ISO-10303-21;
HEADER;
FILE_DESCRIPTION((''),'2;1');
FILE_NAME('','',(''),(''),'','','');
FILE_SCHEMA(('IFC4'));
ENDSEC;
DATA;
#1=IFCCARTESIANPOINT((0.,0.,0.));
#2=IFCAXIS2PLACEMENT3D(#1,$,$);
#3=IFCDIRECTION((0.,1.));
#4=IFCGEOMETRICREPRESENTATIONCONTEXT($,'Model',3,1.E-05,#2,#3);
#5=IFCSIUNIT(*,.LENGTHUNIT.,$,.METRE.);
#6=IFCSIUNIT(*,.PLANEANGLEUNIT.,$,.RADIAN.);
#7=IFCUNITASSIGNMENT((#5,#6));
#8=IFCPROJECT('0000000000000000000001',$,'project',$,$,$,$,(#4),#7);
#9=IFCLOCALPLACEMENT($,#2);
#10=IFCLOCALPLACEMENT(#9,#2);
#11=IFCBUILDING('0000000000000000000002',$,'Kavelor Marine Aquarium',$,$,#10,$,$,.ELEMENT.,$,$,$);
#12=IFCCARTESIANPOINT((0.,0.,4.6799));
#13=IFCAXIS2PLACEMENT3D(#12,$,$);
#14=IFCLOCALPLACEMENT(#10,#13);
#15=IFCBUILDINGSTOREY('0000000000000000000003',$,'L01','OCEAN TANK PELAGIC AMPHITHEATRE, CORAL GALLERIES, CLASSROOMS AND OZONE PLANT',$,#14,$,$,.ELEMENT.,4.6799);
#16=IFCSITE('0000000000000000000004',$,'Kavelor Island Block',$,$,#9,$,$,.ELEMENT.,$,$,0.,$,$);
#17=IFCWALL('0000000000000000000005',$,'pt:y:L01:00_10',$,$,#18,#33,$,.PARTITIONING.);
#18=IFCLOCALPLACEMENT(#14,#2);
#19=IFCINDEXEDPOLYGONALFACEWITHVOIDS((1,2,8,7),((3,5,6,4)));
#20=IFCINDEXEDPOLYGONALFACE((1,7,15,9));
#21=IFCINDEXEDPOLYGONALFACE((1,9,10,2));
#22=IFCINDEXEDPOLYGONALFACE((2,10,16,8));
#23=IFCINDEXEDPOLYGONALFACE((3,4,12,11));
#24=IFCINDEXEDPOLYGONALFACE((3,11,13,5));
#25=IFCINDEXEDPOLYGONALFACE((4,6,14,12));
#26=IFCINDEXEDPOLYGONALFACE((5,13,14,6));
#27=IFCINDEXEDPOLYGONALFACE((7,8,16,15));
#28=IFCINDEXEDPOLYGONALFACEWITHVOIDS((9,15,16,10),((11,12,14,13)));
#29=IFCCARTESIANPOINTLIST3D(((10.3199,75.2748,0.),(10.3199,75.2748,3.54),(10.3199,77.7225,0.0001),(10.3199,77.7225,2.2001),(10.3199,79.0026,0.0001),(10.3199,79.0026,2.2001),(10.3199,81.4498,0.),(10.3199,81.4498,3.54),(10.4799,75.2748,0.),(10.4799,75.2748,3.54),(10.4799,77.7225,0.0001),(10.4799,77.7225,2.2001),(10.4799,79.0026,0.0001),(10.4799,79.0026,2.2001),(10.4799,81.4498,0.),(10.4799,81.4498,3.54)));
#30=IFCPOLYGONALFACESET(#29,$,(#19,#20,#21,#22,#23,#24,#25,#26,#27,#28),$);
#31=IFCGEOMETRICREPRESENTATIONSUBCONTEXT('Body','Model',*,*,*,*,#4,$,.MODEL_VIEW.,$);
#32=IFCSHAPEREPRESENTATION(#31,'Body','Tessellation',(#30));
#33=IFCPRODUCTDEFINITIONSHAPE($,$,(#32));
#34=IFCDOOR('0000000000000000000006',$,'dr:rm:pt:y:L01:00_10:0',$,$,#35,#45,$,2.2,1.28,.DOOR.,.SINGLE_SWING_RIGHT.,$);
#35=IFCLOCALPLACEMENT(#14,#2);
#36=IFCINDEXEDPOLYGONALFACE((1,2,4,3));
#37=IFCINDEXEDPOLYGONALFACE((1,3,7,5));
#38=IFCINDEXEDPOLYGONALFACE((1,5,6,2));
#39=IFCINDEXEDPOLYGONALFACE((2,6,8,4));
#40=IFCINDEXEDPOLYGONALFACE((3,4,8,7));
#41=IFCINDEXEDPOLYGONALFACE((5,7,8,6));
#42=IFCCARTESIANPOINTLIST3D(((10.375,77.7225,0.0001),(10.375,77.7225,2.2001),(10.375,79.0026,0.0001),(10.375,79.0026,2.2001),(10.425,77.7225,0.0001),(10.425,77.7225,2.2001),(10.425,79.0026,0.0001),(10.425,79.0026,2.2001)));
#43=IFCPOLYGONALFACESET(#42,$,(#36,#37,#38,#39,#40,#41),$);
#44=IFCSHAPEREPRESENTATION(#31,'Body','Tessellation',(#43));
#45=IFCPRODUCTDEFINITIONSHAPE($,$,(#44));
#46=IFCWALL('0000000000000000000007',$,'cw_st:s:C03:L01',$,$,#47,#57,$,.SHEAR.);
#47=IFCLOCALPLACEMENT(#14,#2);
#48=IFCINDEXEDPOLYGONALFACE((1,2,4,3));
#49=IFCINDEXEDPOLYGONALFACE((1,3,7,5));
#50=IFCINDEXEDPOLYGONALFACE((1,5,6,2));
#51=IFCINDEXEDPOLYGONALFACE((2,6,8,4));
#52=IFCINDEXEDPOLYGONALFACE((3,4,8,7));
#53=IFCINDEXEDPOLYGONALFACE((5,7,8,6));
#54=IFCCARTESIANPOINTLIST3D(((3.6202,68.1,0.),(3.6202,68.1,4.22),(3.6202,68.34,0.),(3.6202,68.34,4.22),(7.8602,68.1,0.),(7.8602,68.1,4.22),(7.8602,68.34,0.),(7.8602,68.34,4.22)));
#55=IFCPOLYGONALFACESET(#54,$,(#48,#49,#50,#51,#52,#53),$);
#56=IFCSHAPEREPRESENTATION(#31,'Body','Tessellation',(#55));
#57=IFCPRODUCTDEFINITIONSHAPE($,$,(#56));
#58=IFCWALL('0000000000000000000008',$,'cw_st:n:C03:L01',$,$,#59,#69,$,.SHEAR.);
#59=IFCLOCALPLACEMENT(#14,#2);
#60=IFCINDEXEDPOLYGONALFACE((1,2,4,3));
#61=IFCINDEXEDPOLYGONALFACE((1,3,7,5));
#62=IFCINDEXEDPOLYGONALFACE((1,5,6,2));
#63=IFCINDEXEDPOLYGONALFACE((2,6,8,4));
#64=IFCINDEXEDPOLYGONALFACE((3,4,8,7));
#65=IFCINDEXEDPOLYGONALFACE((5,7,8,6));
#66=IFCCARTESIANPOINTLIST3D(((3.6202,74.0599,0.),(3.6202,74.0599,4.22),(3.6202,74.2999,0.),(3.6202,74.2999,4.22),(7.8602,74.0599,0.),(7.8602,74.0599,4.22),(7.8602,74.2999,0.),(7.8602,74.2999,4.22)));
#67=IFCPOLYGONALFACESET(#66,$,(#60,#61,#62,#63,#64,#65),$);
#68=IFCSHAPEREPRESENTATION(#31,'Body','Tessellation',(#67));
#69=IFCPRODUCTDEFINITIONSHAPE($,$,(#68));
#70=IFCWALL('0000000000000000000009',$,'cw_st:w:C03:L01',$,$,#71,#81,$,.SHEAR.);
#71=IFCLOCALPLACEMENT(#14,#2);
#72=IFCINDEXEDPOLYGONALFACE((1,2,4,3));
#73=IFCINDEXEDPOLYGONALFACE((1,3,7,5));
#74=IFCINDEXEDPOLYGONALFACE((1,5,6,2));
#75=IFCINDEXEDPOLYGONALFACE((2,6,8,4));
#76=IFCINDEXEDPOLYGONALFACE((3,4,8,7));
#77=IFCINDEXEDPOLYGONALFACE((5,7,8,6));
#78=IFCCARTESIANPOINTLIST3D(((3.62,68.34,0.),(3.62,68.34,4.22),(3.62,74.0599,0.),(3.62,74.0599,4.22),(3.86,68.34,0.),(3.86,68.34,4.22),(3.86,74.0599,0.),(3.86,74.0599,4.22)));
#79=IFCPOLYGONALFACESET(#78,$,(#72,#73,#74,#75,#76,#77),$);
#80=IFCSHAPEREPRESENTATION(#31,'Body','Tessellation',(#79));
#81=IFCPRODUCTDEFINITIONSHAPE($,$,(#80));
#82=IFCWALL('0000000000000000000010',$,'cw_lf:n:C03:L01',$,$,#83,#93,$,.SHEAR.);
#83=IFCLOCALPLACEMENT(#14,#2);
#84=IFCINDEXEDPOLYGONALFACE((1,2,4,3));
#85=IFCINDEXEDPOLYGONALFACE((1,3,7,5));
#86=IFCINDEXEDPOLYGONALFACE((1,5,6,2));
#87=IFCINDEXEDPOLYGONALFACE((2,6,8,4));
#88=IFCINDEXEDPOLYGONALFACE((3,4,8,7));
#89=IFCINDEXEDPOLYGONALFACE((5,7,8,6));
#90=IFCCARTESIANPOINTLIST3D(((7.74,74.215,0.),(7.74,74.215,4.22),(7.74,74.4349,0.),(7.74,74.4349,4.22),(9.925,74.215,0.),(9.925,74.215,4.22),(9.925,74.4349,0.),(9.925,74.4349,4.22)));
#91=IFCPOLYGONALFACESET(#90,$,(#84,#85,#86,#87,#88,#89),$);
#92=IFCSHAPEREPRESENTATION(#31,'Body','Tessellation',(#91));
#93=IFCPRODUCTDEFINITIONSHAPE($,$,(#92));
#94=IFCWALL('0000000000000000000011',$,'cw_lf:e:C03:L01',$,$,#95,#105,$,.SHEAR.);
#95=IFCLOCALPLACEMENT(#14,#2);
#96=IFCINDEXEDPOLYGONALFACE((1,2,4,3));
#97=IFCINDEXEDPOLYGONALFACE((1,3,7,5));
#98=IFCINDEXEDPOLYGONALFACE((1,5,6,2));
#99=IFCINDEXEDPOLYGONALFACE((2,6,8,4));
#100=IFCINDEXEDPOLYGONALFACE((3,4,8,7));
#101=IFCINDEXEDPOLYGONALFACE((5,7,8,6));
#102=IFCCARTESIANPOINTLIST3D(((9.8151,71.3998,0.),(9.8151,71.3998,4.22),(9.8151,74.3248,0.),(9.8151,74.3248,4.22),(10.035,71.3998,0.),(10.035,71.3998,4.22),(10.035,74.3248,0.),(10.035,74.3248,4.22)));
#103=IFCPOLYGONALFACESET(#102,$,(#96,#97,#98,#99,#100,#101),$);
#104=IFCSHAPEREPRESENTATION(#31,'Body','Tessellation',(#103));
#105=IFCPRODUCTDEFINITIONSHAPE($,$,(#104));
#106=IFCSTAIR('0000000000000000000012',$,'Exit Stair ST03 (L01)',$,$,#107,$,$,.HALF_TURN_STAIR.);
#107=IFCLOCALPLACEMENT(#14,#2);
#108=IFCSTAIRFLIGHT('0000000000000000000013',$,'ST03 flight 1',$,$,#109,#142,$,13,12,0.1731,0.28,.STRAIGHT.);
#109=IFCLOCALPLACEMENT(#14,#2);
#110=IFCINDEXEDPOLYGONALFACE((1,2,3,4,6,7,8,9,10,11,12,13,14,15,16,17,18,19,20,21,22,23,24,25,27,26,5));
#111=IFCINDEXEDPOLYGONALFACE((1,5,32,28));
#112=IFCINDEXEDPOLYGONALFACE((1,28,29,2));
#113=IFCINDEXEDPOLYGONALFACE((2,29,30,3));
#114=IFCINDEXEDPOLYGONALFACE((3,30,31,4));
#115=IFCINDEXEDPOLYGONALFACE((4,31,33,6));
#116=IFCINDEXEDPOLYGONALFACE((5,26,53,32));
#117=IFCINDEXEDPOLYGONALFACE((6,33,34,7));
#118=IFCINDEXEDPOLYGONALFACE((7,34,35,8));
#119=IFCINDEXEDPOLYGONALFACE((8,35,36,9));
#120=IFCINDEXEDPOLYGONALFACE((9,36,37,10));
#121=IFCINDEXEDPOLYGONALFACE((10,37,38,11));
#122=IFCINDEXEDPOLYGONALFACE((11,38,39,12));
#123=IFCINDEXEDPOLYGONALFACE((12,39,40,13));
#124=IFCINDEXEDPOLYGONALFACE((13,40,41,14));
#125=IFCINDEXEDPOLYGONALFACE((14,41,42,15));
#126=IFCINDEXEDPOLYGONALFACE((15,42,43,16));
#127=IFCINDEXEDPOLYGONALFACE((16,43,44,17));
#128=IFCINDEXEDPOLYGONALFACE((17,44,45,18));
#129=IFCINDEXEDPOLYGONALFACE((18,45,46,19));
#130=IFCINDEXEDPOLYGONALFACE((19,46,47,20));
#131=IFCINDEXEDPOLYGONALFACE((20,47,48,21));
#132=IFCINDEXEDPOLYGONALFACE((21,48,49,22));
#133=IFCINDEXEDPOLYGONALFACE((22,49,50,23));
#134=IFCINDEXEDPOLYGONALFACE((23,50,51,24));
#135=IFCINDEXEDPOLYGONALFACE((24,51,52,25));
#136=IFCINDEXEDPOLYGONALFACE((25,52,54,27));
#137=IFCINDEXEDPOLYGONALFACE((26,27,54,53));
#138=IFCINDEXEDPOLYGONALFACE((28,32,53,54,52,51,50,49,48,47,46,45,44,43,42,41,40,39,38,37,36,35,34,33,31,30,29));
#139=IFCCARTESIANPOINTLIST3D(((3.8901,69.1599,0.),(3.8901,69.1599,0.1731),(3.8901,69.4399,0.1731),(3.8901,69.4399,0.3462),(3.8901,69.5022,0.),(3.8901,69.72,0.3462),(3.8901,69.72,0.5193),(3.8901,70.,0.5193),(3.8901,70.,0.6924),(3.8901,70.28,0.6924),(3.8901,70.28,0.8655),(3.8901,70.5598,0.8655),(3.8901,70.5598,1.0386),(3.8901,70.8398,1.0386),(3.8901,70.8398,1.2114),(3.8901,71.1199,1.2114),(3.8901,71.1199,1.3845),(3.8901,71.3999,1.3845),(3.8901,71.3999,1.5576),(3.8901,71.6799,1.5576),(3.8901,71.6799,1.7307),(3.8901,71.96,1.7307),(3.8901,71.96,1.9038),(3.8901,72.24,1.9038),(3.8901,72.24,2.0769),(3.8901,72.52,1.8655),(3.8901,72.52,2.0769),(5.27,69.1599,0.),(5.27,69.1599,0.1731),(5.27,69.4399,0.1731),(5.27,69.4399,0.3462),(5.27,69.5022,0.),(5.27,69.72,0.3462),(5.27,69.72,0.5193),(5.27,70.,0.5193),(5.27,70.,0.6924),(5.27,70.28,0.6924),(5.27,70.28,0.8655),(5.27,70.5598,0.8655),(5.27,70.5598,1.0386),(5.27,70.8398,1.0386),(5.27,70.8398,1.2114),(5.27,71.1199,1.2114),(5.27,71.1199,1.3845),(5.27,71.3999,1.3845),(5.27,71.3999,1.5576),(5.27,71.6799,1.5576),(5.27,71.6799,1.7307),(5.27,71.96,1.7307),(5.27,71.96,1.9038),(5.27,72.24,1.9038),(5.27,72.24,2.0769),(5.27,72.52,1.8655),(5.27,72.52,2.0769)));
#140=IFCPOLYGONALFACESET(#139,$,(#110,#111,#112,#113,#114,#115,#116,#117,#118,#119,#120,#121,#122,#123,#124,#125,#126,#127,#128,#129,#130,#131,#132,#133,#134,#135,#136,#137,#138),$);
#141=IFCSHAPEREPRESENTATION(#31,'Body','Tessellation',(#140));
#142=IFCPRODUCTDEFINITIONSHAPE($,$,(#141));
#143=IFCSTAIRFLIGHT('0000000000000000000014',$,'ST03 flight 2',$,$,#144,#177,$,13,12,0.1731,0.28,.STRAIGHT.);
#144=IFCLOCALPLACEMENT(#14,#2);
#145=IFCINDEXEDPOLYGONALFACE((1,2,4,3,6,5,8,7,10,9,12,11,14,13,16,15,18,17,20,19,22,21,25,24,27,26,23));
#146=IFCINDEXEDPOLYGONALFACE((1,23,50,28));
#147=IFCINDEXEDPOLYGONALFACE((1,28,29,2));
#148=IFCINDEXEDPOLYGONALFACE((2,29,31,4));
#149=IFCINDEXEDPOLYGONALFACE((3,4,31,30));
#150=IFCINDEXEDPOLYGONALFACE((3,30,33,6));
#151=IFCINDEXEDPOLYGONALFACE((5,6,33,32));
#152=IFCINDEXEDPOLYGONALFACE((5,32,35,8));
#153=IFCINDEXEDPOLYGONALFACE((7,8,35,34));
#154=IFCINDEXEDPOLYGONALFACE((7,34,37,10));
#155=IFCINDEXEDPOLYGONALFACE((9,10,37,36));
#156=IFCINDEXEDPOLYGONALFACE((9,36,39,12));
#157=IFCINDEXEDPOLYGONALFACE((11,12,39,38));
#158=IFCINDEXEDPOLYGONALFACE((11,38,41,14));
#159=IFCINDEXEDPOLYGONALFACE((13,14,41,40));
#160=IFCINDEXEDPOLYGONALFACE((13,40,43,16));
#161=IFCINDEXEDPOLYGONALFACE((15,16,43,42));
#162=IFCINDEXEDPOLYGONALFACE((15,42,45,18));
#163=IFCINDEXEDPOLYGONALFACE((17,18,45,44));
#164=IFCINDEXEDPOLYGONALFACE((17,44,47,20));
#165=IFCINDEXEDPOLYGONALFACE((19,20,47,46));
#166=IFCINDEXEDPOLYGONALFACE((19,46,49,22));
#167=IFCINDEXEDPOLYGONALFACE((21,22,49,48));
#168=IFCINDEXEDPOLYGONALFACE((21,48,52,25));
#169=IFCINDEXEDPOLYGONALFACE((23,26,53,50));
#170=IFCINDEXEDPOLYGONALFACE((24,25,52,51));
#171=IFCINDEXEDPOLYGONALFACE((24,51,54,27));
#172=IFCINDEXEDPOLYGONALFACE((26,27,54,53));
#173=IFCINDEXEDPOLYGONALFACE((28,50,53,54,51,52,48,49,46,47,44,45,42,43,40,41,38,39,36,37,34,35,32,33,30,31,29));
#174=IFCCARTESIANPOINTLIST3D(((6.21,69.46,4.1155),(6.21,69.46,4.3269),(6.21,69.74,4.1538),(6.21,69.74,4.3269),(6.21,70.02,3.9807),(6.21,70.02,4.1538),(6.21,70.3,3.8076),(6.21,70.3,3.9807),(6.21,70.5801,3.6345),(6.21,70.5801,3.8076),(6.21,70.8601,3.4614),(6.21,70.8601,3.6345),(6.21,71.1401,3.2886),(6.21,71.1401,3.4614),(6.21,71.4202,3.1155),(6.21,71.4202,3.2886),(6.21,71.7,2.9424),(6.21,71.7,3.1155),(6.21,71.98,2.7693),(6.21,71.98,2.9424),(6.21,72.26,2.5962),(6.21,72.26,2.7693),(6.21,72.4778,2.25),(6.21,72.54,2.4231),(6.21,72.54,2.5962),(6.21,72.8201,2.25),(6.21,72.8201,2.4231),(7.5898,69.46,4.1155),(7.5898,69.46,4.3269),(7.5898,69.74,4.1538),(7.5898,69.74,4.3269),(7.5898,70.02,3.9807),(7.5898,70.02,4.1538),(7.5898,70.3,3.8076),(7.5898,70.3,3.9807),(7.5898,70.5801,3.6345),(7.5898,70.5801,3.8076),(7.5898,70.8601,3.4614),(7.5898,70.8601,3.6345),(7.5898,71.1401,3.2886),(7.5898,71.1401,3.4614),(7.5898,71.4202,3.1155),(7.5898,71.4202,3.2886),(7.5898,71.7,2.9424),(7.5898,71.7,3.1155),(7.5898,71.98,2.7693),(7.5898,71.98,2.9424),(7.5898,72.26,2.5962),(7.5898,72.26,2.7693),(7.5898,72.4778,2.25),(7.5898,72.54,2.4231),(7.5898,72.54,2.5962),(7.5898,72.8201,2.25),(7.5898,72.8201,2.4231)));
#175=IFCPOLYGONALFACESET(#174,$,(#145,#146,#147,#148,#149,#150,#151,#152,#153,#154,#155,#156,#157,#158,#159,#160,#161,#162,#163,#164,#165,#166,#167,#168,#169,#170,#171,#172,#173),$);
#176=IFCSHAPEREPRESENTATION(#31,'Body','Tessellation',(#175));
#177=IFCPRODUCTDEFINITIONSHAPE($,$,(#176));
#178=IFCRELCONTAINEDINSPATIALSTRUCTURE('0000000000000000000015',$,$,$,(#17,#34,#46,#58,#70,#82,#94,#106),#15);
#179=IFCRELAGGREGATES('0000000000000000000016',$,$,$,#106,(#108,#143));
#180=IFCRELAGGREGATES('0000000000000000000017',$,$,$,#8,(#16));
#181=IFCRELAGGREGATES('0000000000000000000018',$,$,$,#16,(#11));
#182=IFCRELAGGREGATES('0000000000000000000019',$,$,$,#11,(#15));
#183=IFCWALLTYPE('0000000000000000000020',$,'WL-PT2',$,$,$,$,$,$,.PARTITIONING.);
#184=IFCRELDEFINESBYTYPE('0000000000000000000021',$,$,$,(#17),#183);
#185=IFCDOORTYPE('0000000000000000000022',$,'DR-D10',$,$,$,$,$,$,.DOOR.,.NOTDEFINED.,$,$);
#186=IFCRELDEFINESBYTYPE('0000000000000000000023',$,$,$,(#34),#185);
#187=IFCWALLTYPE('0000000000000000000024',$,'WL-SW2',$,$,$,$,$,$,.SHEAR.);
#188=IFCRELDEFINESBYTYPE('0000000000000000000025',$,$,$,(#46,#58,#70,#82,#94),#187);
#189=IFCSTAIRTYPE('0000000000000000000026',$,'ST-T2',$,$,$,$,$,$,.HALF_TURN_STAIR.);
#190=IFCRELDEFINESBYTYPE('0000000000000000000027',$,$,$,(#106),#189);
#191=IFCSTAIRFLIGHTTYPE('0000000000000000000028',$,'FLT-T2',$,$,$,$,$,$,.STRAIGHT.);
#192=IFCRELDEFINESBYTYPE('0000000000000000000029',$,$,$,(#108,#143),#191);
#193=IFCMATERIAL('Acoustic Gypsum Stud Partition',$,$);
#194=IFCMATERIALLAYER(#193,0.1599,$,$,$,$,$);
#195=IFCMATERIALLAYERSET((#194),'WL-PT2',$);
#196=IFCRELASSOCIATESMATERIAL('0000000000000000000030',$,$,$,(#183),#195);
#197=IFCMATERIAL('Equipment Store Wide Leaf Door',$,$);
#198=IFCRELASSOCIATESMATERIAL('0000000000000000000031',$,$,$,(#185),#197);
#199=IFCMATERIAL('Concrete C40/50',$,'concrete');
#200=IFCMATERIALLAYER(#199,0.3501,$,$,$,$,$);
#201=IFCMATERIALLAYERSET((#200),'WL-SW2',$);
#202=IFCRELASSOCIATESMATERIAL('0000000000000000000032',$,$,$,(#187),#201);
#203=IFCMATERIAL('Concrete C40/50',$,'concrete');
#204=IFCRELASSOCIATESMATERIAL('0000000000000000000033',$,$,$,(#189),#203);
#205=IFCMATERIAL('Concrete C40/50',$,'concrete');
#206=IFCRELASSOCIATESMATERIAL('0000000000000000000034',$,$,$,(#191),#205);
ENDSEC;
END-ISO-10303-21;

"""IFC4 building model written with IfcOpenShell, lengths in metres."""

from ifc_helpers import new_model, si_unit, direction, frame, frame_2d, origin, place, context, subcontext, project, spatial, polyline, rectangle, outline, extrude, material, layer, layer_set, type_object, element, fill, aggregate, save


model = new_model("IFC4")

# Units and contexts
model_context = context("Model", 3, precision=1e-05, world=origin(), true_north=direction((0.0, 1.0)))
body_context = subcontext(model_context, "Body", "Model", "MODEL_VIEW")
ifc_project = project(units=[si_unit("LENGTHUNIT", "METRE"), si_unit("PLANEANGLEUNIT", "RADIAN")], contexts=[model_context])

# Site, building, storey
site_placement = place(None, origin())
site = spatial("IfcSite", under=ifc_project, at=site_placement, Name="Kavelor Island Block", CompositionType="ELEMENT", RefElevation=0.0)
building_placement = place(site_placement, origin())
building = spatial("IfcBuilding", under=site, at=building_placement, Name="Kavelor Marine Aquarium", CompositionType="ELEMENT")
storey_placement = place(building_placement, frame((0.0, 0.0, 4.6799)))
storey = spatial("IfcBuildingStorey", under=building, at=storey_placement, Name="L01", Description="OCEAN TANK PELAGIC AMPHITHEATRE, CORAL GALLERIES, CLASSROOMS AND OZONE PLANT", CompositionType="ELEMENT", Elevation=4.6799)

# Wall, opening, door
ifc_material_1 = material(Name="Acoustic Gypsum Stud Partition")
ifc_layer_1 = layer(ifc_material_1, 0.1599)
ifc_layer_set_1 = layer_set([ifc_layer_1], Name="WL-PT2")
wall_type_1 = type_object("IfcWallType", Name="WL-PT2", PredefinedType="PARTITIONING", material=ifc_layer_set_1)
wall_1_placement = place(storey_placement, frame((10.3999, 75.2749, 0.0), z_axis=(0.0, 0.0, 1.0), x_axis=(0.0, 1.0, 0.0)))
wall_1 = element("IfcWall", 1, at=wall_1_placement, inside=storey, type_object=wall_type_1, Name="pt:y:L01:00_10", PredefinedType="PARTITIONING", context=body_context, shape_type="SweptSolid", body=[
    extrude(rectangle(XDim=6.175, YDim=0.1599, at=frame_2d((3.0874, 0.0))), origin(), (0.0, 0.0, 1.0), 3.54),
])
opening_1_placement = place(wall_1_placement, frame((2.4475, 0.0, 0.0)))
opening_1 = element("IfcOpeningElement", 2, at=opening_1_placement, cuts=wall_1, PredefinedType="OPENING", context=body_context, shape_type="SweptSolid", body=[
    extrude(rectangle(XDim=1.28, YDim=2.2, at=frame_2d((0.6401, 1.1001))), frame((0.0, 0.0898, 0.0), z_axis=(0.0, -1.0, 0.0), x_axis=(1.0, 0.0, 0.0)), (0.0, 0.0, 1.0), 0.1799),
])
ifc_material_2 = material(Name="Equipment Store Wide Leaf Door")
door_type_1 = type_object("IfcDoorType", Name="DR-D10", OperationType="NOTDEFINED", PredefinedType="DOOR", material=ifc_material_2)
door_1_placement = place(opening_1_placement, origin())
door_1 = element("IfcDoor", 3, at=door_1_placement, inside=storey, type_object=door_type_1, Name="dr:rm:pt:y:L01:00_10:0", OperationType="SINGLE_SWING_RIGHT", OverallHeight=2.2, OverallWidth=1.28, PredefinedType="DOOR", context=body_context, shape_type="SweptSolid", body=[
    extrude(rectangle(XDim=1.28, YDim=2.2, at=frame_2d((0.6401, 1.1001))), frame((0.0, 0.0249, 0.0), z_axis=(0.0, -1.0, 0.0), x_axis=(1.0, 0.0, 0.0)), (0.0, 0.0, 1.0), 0.05),
])
fill(opening_1, door_1)

# Walls
ifc_material_3 = material(Name="Concrete C40/50", Category="concrete")
ifc_layer_2 = layer(ifc_material_3, 0.3501)
ifc_layer_set_2 = layer_set([ifc_layer_2], Name="WL-SW2")
wall_type_2 = type_object("IfcWallType", Name="WL-SW2", PredefinedType="SHEAR", material=ifc_layer_set_2)
for number, where, z_axis, x_axis, name in (
    (4, (3.6201, 68.22, 0.0), (0.0, 0.0, 1.0), (1.0, 0.0, 0.0), "cw_st:s:C03:L01"),
    (5, (3.6201, 74.1799, 0.0), (0.0, 0.0, 1.0), (1.0, 0.0, 0.0), "cw_st:n:C03:L01"),
):
    element("IfcWall", number, at=place(storey_placement, frame(where, z_axis=z_axis, x_axis=x_axis)), inside=storey, type_object=wall_type_2, Name=name, PredefinedType="SHEAR", context=body_context, shape_type="SweptSolid", body=[
        extrude(rectangle(XDim=4.24, YDim=0.24, at=frame_2d((2.1201, 0.0))), origin(), (0.0, 0.0, 1.0), 4.22),
    ])
wall_2_placement = place(storey_placement, frame((3.74, 68.3401, 0.0), z_axis=(0.0, 0.0, 1.0), x_axis=(0.0, 1.0, 0.0)))
element("IfcWall", 6, at=wall_2_placement, inside=storey, type_object=wall_type_2, Name="cw_st:w:C03:L01", PredefinedType="SHEAR", context=body_context, shape_type="SweptSolid", body=[
    extrude(rectangle(XDim=5.72, YDim=0.24, at=frame_2d((2.8599, 0.0))), origin(), (0.0, 0.0, 1.0), 4.22),
])

# Walls
wall_3_placement = place(storey_placement, frame((7.74, 74.325, 0.0), z_axis=(0.0, 0.0, 1.0), x_axis=(1.0, 0.0, 0.0)))
element("IfcWall", 7, at=wall_3_placement, inside=storey, type_object=wall_type_2, Name="cw_lf:n:C03:L01", PredefinedType="SHEAR", context=body_context, shape_type="SweptSolid", body=[
    extrude(rectangle(XDim=2.1851, YDim=0.22, at=frame_2d((1.0925, 0.0))), origin(), (0.0, 0.0, 1.0), 4.22),
])
wall_4_placement = place(storey_placement, frame((9.925, 71.3999, 0.0), z_axis=(0.0, 0.0, 1.0), x_axis=(0.0, 1.0, 0.0)))
element("IfcWall", 8, at=wall_4_placement, inside=storey, type_object=wall_type_2, Name="cw_lf:e:C03:L01", PredefinedType="SHEAR", context=body_context, shape_type="SweptSolid", body=[
    extrude(rectangle(XDim=2.925, YDim=0.22, at=frame_2d((1.4624, 0.0))), origin(), (0.0, 0.0, 1.0), 4.22),
])

# Stair, stair flights
ifc_material_4 = material(Name="Concrete C40/50", Category="concrete")
stair_type = type_object("IfcStairType", Name="ST-T2", PredefinedType="HALF_TURN_STAIR", material=ifc_material_4)
stair_placement = place(storey_placement, origin())
stair = element("IfcStair", 9, at=stair_placement, inside=storey, type_object=stair_type, Name="Exit Stair ST03 (L01)", PredefinedType="HALF_TURN_STAIR")
ifc_material_5 = material(Name="Concrete C40/50", Category="concrete")
stair_flight_type = type_object("IfcStairFlightType", Name="FLT-T2", PredefinedType="STRAIGHT", material=ifc_material_5)
stair_flight_1_placement = place(storey_placement, frame((4.5801, 69.1599, 0.0), z_axis=(0.0, 0.0, 1.0), x_axis=(0.0, 1.0, 0.0)))
stair_flight_1 = element("IfcStairFlight", 10, at=stair_flight_1_placement, type_object=stair_flight_type, Name="ST03 flight 1", NumberOfRisers=13, NumberOfTreads=12, PredefinedType="STRAIGHT", RiserHeight=0.1731, TreadLength=0.28, context=body_context, shape_type="SweptSolid", body=[
    extrude(outline(polyline([(0.0, 0.0), (0.0, 0.1731), (0.28, 0.1731), (0.28, 0.3462), (0.5601, 0.3462), (0.5601, 0.5193), (0.8401, 0.5193), (0.8401, 0.6924), (1.1201, 0.6924), (1.1201, 0.8655), (1.3999, 0.8655), (1.3999, 1.0386), (1.6799, 1.0386), (1.6799, 1.2114), (1.96, 1.2114), (1.96, 1.3845), (2.24, 1.3845), (2.24, 1.5576), (2.52, 1.5576), (2.52, 1.7307), (2.8, 1.7307), (2.8, 1.9038), (3.0801, 1.9038), (3.0801, 2.0769), (3.3601, 2.0769), (3.3601, 2.25), (3.3601, 1.8655), (0.3423, 0.0), (0.0, 0.0)])), frame((0.0, 0.6899, 0.0), z_axis=(0.0, -1.0, 0.0), x_axis=(1.0, 0.0, 0.0)), (0.0, 0.0, 1.0), 1.3799),
])
stair_flight_2_placement = place(storey_placement, frame((6.8999, 72.8201, 2.25), z_axis=(0.0, 0.0, 1.0), x_axis=(0.0, -1.0, 0.0)))
stair_flight_2 = element("IfcStairFlight", 11, at=stair_flight_2_placement, type_object=stair_flight_type, Name="ST03 flight 2", NumberOfRisers=13, NumberOfTreads=12, PredefinedType="STRAIGHT", RiserHeight=0.1731, TreadLength=0.28, context=body_context, shape_type="SweptSolid", body=[
    extrude(outline(polyline([(0.0, 0.0), (0.0, 0.1731), (0.28, 0.1731), (0.28, 0.3462), (0.5601, 0.3462), (0.5601, 0.5193), (0.8401, 0.5193), (0.8401, 0.6924), (1.1201, 0.6924), (1.1201, 0.8655), (1.3999, 0.8655), (1.3999, 1.0386), (1.6799, 1.0386), (1.6799, 1.2114), (1.96, 1.2114), (1.96, 1.3845), (2.24, 1.3845), (2.24, 1.5576), (2.52, 1.5576), (2.52, 1.7307), (2.8, 1.7307), (2.8, 1.9038), (3.0801, 1.9038), (3.0801, 2.0769), (3.3601, 2.0769), (3.3601, 2.25), (3.3601, 1.8655), (0.3423, 0.0), (0.0, 0.0)])), frame((0.0, 0.6899, 0.0), z_axis=(0.0, -1.0, 0.0), x_axis=(1.0, 0.0, 0.0)), (0.0, 0.0, 1.0), 1.3799),
])
aggregate(stair, [stair_flight_1, stair_flight_2])

save(model, "model.ifc")
